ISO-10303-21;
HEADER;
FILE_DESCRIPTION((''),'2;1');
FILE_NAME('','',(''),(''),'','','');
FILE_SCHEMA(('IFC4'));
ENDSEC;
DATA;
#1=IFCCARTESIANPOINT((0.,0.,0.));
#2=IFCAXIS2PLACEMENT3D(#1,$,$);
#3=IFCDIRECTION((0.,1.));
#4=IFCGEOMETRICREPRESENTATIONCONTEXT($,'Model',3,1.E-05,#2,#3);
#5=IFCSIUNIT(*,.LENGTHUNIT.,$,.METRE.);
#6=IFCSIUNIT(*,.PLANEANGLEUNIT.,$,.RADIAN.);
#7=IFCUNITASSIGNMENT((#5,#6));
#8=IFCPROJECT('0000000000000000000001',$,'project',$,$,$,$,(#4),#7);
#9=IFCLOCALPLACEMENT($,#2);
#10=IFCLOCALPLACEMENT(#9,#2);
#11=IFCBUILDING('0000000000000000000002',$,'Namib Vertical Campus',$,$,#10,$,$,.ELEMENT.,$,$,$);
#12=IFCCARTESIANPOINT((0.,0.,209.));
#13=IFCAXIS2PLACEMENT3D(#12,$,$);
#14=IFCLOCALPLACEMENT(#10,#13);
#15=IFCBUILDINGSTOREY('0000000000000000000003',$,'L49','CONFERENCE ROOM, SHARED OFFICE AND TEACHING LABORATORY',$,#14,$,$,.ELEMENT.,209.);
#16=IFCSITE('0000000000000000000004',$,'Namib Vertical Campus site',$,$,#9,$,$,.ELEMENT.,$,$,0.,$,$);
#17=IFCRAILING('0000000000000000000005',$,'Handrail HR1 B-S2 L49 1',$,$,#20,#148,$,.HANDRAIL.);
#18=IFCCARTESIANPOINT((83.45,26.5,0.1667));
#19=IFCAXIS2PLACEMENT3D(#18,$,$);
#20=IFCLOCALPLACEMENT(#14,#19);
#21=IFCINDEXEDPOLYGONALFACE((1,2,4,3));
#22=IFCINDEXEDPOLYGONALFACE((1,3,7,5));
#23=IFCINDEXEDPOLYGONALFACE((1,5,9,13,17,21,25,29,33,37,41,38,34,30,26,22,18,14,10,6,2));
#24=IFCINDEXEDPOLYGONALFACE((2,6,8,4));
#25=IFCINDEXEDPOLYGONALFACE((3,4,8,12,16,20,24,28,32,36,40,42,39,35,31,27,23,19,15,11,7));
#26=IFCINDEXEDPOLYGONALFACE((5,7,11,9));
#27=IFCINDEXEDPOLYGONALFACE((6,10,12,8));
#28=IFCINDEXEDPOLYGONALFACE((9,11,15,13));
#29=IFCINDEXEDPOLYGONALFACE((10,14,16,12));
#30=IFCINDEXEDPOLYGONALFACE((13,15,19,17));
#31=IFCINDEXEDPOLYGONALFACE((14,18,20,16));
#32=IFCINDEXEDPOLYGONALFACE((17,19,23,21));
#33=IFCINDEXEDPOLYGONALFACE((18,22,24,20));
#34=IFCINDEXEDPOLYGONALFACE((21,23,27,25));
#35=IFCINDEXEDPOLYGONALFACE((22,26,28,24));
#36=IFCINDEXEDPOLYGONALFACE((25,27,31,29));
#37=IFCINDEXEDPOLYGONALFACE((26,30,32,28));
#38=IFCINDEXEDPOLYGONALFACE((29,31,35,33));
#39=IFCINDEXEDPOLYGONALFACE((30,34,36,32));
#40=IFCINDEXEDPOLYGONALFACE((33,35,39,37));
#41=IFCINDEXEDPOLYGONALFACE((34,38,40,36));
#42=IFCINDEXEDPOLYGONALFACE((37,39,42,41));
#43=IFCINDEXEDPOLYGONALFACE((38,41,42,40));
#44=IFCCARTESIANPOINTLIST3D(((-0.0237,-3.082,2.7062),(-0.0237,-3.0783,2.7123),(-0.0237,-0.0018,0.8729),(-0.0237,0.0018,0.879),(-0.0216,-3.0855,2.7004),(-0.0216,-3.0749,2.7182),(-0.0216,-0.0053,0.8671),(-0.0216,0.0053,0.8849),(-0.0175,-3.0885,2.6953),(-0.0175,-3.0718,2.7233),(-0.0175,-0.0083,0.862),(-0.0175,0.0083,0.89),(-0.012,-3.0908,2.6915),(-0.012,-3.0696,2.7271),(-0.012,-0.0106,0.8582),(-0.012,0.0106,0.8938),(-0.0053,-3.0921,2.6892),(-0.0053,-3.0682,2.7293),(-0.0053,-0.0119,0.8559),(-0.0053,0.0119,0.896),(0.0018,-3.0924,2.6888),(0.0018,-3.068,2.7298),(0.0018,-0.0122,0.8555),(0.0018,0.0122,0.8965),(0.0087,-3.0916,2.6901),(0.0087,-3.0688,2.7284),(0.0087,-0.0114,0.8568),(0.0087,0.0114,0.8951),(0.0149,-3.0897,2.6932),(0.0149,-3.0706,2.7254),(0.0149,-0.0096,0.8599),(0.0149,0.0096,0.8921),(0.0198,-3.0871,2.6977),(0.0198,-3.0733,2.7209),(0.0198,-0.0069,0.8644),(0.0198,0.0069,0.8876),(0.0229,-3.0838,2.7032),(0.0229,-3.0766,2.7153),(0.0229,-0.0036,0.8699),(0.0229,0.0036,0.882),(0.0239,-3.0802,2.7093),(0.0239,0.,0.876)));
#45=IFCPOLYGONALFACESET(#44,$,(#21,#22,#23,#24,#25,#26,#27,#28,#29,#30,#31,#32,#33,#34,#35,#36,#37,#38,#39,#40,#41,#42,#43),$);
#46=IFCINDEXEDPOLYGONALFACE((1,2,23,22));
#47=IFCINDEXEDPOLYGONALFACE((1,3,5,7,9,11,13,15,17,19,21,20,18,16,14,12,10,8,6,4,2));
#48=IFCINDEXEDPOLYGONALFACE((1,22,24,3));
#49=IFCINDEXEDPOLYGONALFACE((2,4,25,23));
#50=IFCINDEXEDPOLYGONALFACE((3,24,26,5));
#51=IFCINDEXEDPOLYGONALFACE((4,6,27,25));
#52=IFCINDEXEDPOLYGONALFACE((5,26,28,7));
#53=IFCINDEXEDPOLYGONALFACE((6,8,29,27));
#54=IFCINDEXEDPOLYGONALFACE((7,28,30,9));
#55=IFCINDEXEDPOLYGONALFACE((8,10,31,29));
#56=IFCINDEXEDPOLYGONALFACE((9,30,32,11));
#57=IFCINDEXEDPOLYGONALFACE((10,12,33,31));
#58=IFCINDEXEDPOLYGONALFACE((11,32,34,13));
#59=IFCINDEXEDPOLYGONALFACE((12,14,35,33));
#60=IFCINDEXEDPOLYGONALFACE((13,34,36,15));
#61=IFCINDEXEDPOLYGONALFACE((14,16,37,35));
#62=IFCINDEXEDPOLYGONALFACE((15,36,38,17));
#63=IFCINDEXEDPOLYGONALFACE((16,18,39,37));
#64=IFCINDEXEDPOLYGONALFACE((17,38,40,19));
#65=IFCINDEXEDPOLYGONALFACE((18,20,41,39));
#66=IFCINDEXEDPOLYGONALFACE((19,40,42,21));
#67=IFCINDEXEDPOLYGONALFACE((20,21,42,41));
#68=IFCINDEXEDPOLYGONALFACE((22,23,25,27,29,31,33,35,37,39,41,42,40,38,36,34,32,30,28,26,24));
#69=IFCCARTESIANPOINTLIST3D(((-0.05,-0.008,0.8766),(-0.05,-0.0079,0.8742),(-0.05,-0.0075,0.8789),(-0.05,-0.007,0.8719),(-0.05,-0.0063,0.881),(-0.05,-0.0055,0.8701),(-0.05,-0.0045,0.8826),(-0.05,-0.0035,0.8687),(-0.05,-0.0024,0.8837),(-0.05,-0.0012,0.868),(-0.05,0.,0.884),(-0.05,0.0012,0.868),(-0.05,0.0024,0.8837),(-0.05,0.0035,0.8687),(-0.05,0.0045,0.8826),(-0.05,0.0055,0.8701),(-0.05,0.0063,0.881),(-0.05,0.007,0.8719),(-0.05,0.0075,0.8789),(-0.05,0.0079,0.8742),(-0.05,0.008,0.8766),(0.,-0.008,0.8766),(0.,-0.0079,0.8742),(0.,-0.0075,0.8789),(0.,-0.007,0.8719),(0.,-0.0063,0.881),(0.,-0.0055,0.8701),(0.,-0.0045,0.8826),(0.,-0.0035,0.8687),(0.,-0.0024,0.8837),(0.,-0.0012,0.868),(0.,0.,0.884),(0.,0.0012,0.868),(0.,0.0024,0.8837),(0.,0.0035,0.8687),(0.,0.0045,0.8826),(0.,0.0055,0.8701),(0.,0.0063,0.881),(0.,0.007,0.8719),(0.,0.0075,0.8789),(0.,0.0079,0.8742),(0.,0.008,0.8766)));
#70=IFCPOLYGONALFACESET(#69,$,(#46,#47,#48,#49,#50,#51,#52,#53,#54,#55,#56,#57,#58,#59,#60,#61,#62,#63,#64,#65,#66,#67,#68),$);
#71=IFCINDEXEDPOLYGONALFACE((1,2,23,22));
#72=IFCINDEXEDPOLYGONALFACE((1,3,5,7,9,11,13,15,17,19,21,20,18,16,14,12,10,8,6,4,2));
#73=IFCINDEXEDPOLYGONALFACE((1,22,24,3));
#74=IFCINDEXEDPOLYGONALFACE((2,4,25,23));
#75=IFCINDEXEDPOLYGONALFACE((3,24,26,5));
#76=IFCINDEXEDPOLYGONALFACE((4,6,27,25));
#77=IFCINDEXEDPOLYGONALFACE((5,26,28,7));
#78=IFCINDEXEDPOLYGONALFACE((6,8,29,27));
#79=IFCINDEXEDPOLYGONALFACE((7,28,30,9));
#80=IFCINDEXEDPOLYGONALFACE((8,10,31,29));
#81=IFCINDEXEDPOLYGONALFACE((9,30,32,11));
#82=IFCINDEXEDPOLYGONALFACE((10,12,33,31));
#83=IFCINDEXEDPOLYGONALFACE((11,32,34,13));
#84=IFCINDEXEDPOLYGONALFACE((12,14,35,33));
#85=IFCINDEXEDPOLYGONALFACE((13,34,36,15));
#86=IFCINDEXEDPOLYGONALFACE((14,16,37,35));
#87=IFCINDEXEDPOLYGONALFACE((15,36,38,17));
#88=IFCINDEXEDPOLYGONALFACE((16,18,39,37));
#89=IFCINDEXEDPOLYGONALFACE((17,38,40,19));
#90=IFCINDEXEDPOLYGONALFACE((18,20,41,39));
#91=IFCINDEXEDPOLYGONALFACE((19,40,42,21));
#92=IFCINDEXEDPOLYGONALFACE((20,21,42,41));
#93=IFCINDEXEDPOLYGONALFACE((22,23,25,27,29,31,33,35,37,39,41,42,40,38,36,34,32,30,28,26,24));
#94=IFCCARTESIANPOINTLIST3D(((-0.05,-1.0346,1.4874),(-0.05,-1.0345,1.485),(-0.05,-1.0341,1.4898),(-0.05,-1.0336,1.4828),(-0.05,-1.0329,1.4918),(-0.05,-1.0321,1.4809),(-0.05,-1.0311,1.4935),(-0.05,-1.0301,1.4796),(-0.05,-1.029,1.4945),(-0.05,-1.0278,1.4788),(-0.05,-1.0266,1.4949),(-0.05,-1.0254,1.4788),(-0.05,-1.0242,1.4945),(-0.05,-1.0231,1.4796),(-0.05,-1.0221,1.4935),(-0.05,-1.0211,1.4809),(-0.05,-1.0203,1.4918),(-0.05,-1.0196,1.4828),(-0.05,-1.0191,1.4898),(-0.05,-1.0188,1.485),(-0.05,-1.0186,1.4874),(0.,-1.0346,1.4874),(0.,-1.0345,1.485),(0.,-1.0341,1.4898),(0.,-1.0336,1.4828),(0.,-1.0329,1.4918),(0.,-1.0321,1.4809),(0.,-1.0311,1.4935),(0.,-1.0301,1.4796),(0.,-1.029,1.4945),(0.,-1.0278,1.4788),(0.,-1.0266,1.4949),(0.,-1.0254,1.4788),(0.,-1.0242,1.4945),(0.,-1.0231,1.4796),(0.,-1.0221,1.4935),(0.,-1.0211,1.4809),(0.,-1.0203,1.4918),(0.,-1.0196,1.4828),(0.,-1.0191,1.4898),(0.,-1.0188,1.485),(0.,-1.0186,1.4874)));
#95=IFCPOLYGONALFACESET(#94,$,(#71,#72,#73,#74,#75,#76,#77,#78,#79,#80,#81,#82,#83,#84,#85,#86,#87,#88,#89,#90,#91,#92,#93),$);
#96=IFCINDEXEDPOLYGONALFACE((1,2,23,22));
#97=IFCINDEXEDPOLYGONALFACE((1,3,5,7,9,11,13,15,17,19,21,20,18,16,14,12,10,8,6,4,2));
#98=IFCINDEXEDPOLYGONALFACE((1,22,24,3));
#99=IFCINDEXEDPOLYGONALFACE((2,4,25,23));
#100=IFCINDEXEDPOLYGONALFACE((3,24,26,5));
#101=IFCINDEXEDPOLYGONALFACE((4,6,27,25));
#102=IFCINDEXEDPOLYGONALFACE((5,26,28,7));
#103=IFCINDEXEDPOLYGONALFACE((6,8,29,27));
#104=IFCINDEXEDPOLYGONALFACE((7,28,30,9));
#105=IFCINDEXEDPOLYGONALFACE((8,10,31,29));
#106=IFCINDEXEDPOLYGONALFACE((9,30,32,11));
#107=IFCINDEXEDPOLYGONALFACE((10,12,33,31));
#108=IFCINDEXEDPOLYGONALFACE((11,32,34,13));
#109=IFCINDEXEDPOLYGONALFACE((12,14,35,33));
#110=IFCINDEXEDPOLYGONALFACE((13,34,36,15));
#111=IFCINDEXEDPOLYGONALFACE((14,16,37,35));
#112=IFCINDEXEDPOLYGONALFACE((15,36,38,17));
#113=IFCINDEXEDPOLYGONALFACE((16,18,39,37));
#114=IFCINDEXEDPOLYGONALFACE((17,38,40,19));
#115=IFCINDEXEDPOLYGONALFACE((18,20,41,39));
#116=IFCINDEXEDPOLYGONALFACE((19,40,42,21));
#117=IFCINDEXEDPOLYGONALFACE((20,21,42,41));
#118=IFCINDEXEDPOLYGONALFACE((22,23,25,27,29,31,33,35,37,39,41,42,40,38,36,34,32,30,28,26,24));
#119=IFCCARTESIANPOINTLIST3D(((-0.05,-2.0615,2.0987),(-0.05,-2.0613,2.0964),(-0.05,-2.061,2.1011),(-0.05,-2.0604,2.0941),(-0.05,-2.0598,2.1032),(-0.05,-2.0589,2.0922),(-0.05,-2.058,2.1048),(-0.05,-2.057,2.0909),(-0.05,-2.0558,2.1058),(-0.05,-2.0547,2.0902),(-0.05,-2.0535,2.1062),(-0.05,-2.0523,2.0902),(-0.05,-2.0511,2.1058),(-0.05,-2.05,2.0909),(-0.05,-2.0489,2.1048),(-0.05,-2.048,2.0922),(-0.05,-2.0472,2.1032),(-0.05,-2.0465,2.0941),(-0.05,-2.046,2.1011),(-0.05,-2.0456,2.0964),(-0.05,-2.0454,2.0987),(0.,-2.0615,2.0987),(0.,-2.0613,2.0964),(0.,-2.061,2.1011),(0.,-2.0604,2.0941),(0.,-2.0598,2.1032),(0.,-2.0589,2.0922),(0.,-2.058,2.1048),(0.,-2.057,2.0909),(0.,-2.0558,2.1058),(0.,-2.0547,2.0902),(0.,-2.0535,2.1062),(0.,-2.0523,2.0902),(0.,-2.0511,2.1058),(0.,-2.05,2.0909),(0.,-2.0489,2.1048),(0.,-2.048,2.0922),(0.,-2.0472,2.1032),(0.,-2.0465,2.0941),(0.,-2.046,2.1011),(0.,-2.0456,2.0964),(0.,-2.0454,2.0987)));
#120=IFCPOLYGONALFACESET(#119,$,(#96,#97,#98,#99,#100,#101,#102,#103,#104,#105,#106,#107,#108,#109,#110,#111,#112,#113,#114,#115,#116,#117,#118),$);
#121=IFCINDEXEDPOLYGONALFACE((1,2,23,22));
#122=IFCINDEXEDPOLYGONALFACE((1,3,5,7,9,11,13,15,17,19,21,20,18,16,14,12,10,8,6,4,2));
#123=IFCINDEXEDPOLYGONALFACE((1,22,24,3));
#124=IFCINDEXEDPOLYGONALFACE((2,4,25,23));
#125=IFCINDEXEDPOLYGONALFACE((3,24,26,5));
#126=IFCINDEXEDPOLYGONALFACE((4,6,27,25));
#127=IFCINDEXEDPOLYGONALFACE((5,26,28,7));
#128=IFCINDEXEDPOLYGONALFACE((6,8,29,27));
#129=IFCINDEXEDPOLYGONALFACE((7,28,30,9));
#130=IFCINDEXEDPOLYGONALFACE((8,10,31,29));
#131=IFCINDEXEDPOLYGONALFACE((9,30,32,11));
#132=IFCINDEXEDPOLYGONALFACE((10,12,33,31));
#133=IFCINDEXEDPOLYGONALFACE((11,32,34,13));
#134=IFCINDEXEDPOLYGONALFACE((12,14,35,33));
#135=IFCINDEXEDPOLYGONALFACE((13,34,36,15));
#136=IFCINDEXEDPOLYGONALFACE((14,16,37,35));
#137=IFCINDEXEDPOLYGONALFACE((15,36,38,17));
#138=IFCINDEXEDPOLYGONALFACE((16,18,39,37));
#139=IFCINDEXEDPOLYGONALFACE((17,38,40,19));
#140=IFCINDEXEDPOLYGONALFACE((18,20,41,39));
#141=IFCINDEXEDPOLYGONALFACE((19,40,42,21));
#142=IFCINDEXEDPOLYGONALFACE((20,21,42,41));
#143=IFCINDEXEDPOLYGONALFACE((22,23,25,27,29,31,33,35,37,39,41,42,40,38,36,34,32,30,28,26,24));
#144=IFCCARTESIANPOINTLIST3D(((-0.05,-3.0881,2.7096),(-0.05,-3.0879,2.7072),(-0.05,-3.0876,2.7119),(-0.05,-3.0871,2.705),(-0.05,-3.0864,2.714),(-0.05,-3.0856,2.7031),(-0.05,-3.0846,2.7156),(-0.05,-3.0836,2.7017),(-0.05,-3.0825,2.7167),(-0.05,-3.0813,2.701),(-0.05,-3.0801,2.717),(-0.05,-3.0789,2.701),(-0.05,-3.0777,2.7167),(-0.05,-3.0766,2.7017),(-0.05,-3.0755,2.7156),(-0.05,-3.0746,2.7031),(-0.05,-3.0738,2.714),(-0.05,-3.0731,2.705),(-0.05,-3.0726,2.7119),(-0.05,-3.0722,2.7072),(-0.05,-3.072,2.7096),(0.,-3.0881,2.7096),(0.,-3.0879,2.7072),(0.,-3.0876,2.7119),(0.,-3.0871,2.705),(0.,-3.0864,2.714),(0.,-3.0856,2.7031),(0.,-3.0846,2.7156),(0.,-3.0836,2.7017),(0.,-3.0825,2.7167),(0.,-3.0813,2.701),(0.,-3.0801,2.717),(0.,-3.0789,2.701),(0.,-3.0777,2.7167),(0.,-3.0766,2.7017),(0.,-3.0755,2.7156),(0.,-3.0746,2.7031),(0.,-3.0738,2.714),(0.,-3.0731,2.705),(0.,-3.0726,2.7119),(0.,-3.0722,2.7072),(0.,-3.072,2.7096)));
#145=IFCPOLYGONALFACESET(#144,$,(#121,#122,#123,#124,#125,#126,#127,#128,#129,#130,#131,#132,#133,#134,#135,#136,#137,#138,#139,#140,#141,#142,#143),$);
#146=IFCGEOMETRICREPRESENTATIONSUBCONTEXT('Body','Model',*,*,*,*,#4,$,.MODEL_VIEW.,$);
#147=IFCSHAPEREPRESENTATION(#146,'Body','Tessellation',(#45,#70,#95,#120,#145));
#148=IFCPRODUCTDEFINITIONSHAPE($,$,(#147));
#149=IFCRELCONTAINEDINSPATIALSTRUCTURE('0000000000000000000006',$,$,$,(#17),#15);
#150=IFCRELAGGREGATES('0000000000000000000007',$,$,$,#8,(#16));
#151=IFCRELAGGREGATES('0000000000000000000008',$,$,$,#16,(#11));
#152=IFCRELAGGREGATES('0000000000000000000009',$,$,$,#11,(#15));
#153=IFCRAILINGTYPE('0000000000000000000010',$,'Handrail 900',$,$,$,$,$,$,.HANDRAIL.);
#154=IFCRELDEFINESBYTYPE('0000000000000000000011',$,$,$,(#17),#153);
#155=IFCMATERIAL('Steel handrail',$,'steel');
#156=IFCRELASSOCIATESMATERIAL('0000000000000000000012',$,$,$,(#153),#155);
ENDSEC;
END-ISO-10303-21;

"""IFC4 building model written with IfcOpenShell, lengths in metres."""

from ifc_helpers import new_model, si_unit, direction, frame, origin, origin_2d, place, context, subcontext, project, spatial, circle, extrude, material, type_object, element, save


model = new_model("IFC4")

# Units and contexts
model_context = context("Model", 3, precision=1e-05, world=origin(), true_north=direction((0.0, 1.0)))
body_context = subcontext(model_context, "Body", "Model", "MODEL_VIEW")
ifc_project = project(units=[si_unit("LENGTHUNIT", "METRE"), si_unit("PLANEANGLEUNIT", "RADIAN")], contexts=[model_context])

# Site, building, storey
site_placement = place(None, origin())
site = spatial("IfcSite", under=ifc_project, at=site_placement, Name="Namib Vertical Campus site", CompositionType="ELEMENT", RefElevation=0.0)
building_placement = place(site_placement, origin())
building = spatial("IfcBuilding", under=site, at=building_placement, Name="Namib Vertical Campus", CompositionType="ELEMENT")
storey_placement = place(building_placement, frame((0.0, 0.0, 209.0)))
storey = spatial("IfcBuildingStorey", under=building, at=storey_placement, Name="L49", Description="CONFERENCE ROOM, SHARED OFFICE AND TEACHING LABORATORY", CompositionType="ELEMENT", Elevation=209.0)

# Railing
ifc_material_1 = material(Name="Steel handrail", Category="steel")
railing_type_1 = type_object("IfcRailingType", Name="Handrail 900", PredefinedType="HANDRAIL", material=ifc_material_1)
railing_1_placement = place(storey_placement, frame((83.45, 26.5, 0.1667)))
element("IfcRailing", 1, at=railing_1_placement, inside=storey, type_object=railing_type_1, Name="Handrail HR1 B-S2 L49 1", PredefinedType="HANDRAIL", context=body_context, shape_type="SweptSolid", body=[
    extrude(circle(Radius=0.0239, at=origin_2d()), frame((0.0, 0.0, 0.876), z_axis=(0.0, -0.859309, 0.511458), x_axis=(1.0, 0.0, 0.0)), (0.0, 0.0, 1.0), 3.5845),
    extrude(circle(Radius=0.0081, at=origin_2d()), frame((0.0, 0.0, 0.876), z_axis=(-1.0, 0.0, 0.0), x_axis=(0.0, 0.0, 1.0)), (0.0, 0.0, 1.0), 0.05),
    extrude(circle(Radius=0.0081, at=origin_2d()), frame((0.0, -1.0266, 1.4868), z_axis=(-1.0, 0.0, 0.0), x_axis=(0.0, 0.0, 1.0)), (0.0, 0.0, 1.0), 0.05),
    extrude(circle(Radius=0.0081, at=origin_2d()), frame((0.0, -2.0535, 2.0981), z_axis=(-1.0, 0.0, 0.0), x_axis=(0.0, 0.0, 1.0)), (0.0, 0.0, 1.0), 0.05),
    extrude(circle(Radius=0.0081, at=origin_2d()), frame((0.0, -3.0801, 2.709), z_axis=(-1.0, 0.0, 0.0), x_axis=(0.0, 0.0, 1.0)), (0.0, 0.0, 1.0), 0.05),
])

save(model, "model.ifc")
